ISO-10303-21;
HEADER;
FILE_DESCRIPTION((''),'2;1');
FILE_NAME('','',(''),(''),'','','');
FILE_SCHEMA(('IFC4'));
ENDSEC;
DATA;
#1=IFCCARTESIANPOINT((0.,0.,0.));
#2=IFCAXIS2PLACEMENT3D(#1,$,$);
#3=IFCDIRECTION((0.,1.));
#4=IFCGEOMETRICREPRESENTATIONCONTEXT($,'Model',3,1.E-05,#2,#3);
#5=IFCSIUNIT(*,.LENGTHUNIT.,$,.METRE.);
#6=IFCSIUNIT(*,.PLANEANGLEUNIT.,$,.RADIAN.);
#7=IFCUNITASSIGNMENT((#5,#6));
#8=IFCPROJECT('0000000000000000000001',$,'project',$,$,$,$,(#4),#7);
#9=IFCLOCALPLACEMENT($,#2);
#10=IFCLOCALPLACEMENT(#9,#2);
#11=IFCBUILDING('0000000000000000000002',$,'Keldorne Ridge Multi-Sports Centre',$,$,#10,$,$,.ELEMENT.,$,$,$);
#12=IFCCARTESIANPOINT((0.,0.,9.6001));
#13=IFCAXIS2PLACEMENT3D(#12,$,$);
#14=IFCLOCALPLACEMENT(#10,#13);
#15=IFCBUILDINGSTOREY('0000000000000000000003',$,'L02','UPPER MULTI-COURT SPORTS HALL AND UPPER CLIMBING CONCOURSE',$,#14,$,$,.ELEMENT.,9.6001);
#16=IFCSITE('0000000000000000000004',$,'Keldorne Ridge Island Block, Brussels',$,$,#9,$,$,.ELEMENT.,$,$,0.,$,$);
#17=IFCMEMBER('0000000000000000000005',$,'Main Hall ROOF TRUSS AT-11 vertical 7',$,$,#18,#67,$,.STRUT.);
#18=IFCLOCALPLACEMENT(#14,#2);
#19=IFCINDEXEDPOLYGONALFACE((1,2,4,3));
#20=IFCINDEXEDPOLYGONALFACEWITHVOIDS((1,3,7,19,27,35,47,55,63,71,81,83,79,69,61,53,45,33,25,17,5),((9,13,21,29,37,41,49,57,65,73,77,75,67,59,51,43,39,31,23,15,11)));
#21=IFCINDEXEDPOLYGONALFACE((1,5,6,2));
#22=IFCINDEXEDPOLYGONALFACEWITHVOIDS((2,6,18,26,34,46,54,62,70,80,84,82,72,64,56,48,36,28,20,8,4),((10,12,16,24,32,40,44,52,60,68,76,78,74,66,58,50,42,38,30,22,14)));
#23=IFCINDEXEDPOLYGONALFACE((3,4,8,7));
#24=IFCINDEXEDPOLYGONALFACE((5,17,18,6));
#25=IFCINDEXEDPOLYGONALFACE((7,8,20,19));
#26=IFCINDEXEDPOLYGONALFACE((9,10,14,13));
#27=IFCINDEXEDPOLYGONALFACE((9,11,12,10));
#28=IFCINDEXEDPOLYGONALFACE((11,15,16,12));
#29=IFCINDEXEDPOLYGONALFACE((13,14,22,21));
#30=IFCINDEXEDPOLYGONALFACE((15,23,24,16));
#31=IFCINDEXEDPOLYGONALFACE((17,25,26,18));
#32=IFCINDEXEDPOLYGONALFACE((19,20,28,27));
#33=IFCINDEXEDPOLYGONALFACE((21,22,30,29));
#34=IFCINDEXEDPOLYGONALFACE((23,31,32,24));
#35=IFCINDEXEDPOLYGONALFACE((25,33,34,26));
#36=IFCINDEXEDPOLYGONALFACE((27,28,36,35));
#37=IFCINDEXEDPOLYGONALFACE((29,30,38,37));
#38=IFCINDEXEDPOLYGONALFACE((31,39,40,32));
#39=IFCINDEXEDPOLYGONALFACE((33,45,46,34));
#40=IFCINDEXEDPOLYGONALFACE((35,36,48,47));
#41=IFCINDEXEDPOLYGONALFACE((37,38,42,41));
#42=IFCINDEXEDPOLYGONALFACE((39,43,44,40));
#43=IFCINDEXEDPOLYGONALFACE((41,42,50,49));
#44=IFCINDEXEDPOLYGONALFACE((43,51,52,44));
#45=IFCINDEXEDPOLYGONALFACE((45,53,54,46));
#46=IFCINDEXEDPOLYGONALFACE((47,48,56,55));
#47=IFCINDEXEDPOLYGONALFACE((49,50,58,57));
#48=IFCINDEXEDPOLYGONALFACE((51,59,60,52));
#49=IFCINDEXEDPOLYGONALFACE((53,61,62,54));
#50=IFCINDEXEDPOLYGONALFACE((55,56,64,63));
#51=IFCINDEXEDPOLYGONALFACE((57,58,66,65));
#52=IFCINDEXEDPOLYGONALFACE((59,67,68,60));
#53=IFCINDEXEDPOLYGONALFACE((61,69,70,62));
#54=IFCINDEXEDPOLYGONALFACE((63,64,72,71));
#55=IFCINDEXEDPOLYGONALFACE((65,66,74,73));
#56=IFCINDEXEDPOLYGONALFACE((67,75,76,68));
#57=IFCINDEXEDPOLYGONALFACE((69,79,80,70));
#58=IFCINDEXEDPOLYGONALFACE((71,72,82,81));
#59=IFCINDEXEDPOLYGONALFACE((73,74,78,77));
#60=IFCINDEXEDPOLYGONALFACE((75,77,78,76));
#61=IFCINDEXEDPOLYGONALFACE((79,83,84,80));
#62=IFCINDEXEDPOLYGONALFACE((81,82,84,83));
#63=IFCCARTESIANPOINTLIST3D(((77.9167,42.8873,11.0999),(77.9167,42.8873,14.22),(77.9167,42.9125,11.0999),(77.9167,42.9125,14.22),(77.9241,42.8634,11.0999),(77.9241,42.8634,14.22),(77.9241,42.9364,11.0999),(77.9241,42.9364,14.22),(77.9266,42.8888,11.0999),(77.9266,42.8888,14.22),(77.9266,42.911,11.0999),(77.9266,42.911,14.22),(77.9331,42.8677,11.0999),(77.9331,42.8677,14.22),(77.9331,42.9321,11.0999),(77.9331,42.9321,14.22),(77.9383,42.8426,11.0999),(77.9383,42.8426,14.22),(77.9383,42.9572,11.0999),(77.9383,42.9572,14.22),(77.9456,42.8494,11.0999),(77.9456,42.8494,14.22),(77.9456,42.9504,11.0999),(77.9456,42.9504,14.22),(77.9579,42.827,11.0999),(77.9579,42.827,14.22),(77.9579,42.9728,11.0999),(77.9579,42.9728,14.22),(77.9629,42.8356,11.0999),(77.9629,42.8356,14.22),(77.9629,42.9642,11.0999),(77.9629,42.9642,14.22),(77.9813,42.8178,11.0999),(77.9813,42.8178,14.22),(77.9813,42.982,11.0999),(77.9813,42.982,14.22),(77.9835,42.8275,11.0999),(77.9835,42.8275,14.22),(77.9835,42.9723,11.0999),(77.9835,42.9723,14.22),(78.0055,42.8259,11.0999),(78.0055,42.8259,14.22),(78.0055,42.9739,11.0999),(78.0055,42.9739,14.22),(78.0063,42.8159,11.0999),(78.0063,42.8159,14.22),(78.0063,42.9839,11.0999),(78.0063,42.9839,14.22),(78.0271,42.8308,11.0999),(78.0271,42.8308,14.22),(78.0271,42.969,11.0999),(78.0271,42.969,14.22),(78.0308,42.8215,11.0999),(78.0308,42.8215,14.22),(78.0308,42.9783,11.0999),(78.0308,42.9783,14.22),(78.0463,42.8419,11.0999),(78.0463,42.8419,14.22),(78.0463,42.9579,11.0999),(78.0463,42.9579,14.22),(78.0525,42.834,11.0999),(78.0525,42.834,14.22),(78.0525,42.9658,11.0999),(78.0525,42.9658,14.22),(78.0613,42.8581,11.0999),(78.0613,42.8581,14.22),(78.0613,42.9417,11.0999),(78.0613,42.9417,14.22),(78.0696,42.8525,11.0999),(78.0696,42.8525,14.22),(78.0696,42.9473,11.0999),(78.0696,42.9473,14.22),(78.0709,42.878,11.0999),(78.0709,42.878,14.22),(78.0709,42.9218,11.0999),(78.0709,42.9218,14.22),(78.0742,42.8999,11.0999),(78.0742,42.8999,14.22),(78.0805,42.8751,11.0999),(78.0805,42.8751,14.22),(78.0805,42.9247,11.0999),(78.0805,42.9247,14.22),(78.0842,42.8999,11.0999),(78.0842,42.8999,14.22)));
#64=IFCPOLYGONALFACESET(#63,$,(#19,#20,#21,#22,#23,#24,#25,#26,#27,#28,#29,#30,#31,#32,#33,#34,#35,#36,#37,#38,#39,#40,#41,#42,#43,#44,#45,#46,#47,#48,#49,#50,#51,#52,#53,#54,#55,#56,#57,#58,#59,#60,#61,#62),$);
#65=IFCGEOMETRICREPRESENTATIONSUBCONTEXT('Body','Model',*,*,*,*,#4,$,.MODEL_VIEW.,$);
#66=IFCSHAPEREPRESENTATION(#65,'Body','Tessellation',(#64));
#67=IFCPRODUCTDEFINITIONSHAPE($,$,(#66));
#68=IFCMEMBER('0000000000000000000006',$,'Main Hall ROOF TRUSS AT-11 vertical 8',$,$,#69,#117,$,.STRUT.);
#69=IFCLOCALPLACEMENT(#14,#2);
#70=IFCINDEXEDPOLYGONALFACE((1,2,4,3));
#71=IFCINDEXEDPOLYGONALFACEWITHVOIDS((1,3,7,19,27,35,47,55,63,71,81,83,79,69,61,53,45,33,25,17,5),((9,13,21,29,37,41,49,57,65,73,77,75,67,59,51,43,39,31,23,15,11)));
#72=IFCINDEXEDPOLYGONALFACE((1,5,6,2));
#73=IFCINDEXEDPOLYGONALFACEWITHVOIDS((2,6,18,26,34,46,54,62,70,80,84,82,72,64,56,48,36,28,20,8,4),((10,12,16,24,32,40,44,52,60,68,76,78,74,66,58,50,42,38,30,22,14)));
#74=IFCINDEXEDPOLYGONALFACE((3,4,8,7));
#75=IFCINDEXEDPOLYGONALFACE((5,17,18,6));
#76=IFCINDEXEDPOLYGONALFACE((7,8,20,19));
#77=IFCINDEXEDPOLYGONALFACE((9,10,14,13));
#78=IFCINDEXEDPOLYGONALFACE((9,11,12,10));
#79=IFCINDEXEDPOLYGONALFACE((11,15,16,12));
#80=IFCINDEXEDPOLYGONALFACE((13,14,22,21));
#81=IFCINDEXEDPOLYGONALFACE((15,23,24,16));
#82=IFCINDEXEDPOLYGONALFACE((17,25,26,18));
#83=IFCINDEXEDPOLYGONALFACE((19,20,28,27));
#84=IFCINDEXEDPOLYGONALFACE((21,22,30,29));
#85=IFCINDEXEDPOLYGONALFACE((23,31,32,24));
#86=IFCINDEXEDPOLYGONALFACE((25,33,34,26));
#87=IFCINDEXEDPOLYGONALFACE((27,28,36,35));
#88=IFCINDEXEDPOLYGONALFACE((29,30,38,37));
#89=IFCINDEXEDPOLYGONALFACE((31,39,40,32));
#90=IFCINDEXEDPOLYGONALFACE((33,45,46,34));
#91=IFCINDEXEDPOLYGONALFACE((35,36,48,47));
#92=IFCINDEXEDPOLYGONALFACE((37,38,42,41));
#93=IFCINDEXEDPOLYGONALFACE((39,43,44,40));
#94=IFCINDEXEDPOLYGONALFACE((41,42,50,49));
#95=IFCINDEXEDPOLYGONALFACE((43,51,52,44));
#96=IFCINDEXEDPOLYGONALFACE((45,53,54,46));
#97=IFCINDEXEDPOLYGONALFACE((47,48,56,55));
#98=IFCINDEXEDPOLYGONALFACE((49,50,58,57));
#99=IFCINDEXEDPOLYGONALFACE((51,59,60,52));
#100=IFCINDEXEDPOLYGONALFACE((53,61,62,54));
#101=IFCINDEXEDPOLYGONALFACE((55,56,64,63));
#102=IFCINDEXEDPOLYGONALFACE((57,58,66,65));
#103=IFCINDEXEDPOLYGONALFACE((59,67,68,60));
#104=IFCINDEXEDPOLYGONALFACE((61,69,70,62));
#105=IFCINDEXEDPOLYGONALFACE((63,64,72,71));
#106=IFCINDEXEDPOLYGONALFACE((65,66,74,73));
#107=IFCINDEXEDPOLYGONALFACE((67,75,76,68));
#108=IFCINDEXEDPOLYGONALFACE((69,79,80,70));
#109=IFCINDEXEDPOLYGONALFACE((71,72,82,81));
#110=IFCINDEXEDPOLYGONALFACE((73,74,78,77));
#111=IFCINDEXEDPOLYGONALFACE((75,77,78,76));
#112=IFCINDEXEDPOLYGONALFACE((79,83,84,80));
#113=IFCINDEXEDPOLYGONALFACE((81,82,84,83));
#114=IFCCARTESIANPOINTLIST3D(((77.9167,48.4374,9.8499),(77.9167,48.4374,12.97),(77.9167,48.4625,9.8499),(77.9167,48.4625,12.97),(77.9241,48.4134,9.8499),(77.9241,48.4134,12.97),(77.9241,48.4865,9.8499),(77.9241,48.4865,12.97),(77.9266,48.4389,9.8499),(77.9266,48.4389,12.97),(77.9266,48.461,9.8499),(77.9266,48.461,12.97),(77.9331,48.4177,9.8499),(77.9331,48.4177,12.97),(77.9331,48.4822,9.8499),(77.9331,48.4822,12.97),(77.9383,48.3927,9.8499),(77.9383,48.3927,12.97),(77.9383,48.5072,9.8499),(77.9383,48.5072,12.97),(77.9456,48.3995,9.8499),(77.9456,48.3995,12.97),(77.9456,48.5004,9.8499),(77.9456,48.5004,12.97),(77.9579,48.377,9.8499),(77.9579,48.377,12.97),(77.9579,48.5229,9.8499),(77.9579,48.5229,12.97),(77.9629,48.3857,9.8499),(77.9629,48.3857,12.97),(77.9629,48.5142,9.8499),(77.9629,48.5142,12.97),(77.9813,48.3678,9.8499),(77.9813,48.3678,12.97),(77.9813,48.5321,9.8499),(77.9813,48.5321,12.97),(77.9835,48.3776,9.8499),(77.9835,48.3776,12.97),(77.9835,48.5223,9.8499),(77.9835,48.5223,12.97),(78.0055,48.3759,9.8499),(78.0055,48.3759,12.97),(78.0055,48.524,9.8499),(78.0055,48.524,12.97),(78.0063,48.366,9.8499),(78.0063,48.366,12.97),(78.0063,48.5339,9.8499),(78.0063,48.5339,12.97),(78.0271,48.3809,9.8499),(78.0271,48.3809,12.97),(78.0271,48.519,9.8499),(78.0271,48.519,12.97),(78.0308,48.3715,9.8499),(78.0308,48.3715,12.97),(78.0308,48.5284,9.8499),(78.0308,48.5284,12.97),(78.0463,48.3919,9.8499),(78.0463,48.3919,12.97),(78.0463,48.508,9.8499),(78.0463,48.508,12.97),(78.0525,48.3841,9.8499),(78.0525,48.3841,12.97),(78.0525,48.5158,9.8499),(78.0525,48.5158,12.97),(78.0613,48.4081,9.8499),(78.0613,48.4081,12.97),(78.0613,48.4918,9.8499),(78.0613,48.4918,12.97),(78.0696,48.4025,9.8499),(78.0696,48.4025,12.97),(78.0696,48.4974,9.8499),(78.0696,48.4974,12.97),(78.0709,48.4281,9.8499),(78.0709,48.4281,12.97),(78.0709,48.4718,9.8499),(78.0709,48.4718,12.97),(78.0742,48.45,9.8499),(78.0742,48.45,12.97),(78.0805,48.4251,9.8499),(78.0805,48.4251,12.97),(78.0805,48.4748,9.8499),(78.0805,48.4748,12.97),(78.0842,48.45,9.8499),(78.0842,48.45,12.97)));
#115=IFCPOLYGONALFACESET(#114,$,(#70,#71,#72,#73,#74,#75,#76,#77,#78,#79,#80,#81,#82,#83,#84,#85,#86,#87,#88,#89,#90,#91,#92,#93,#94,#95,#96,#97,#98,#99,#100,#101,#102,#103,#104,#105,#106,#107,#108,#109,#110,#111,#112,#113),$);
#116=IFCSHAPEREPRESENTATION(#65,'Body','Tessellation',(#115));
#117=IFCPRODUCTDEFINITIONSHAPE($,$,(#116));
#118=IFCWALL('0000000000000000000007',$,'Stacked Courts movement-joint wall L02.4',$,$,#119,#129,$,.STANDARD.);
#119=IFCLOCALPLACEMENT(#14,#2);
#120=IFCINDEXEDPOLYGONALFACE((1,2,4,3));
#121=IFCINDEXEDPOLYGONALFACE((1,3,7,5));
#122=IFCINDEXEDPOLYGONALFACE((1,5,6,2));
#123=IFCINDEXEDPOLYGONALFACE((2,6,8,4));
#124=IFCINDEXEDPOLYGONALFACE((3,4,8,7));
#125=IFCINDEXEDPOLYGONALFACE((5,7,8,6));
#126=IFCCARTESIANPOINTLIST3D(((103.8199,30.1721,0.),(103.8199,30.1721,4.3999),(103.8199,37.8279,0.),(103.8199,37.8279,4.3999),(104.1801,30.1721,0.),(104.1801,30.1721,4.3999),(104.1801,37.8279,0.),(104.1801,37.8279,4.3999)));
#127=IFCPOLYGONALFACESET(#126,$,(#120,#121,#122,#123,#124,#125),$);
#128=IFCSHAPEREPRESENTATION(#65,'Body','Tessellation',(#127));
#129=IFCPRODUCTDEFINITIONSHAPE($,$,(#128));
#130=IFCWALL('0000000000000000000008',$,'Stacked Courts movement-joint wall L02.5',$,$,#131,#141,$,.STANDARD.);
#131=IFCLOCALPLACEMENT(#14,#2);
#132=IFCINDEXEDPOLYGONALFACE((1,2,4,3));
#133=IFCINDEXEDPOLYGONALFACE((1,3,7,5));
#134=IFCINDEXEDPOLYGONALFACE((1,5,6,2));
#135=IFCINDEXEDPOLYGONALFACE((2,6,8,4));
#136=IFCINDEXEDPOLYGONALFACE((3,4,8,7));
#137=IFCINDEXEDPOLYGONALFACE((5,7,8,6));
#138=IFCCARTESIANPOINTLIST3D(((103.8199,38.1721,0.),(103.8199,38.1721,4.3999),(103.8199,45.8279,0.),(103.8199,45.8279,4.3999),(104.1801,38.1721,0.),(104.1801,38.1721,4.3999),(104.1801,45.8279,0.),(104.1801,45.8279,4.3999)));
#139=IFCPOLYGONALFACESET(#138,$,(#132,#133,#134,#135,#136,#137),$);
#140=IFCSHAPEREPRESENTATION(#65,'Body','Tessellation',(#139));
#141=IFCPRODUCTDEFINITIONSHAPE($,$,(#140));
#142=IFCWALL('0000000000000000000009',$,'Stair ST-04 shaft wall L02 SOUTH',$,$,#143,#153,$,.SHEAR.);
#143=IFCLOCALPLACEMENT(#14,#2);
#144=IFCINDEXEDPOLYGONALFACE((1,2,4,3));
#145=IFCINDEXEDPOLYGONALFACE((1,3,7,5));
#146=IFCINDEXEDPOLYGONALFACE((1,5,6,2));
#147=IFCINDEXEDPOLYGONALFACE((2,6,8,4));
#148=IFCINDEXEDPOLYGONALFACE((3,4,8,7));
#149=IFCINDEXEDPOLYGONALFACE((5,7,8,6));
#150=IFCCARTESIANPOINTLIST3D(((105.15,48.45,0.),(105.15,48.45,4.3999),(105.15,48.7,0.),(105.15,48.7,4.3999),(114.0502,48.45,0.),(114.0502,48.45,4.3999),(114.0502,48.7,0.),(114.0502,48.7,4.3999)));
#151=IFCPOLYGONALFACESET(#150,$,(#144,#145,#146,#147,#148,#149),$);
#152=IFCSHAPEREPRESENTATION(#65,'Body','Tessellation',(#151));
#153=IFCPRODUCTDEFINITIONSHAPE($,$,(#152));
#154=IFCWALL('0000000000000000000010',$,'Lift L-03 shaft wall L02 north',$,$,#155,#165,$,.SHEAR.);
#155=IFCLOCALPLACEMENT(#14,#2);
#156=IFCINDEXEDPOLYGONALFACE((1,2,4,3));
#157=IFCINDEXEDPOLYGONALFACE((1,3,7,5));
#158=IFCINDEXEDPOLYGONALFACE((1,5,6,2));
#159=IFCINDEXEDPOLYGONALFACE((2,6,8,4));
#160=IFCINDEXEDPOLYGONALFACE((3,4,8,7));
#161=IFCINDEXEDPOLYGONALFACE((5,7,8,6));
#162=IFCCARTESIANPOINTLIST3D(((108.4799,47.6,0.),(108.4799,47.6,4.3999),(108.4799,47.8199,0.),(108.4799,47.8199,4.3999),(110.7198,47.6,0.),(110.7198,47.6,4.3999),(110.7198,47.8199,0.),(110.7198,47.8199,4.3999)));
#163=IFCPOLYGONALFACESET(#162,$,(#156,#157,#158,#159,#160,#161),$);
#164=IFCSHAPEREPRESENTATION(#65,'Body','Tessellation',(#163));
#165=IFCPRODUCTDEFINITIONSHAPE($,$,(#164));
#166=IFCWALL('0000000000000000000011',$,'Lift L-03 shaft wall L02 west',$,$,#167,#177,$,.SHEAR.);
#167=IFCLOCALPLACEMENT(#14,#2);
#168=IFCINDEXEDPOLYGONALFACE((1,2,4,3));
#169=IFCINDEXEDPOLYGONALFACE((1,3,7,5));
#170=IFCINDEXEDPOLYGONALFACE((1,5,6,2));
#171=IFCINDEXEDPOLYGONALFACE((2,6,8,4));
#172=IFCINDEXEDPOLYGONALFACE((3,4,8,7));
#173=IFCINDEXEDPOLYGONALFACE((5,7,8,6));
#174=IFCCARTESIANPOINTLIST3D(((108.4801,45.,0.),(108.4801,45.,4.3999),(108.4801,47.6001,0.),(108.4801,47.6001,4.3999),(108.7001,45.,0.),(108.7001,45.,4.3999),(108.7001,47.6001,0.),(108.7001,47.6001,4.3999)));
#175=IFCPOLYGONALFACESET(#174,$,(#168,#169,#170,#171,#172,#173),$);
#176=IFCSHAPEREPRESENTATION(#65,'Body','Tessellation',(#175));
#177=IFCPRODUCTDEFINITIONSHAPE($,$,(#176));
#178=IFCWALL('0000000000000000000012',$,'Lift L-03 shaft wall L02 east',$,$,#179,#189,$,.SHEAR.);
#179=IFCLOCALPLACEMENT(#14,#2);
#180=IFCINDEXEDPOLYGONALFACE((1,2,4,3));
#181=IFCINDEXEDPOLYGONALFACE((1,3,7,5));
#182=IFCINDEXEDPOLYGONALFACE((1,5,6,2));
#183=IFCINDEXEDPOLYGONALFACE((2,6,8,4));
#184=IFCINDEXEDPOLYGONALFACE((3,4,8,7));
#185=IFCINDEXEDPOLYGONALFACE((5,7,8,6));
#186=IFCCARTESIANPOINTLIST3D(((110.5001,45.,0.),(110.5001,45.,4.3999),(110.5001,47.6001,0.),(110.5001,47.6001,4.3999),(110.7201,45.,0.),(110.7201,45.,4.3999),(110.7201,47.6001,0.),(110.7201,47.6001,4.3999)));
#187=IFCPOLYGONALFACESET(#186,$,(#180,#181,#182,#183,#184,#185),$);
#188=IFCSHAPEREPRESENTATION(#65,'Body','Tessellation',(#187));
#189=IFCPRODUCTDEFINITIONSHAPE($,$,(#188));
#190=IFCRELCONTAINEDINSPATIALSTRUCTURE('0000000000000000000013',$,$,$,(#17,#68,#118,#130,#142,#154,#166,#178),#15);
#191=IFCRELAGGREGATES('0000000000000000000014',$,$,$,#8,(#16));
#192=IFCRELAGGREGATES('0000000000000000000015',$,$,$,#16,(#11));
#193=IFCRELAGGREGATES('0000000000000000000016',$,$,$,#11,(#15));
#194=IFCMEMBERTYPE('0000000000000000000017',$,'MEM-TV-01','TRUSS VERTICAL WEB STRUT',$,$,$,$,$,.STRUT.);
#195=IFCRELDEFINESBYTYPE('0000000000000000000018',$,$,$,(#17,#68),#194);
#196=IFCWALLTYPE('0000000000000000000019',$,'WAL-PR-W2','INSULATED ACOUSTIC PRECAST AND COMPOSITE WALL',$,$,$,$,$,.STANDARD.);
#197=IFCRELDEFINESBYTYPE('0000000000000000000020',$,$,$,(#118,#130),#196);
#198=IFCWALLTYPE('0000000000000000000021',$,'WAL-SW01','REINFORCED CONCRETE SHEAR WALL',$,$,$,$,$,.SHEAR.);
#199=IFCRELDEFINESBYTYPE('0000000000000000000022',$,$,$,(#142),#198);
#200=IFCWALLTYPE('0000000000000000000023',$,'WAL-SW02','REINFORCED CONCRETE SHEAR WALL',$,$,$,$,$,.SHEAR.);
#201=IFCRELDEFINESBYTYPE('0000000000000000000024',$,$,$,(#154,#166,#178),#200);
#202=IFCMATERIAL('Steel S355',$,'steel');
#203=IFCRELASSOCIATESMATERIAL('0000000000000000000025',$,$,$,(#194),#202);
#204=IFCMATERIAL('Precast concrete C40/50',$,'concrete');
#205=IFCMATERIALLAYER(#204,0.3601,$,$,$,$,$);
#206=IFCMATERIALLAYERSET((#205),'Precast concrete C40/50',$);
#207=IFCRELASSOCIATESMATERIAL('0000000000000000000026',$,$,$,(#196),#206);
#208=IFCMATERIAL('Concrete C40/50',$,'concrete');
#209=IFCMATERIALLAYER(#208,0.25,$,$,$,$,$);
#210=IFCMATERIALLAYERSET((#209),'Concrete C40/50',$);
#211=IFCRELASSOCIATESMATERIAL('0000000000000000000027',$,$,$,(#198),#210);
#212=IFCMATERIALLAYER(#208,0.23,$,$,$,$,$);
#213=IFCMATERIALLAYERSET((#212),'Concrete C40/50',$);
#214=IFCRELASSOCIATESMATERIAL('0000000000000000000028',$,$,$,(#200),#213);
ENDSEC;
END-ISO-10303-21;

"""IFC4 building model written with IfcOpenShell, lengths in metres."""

from ifc_helpers import new_model, si_unit, direction, frame, frame_2d, origin, origin_2d, place, context, subcontext, project, spatial, rectangle, hollow_circle, extrude, material, layer, layer_set, material_profile, profile_set, type_object, element, save


model = new_model("IFC4")

# Units and contexts
model_context = context("Model", 3, precision=1e-05, world=origin(), true_north=direction((0.0, 1.0)))
body_context = subcontext(model_context, "Body", "Model", "MODEL_VIEW")
ifc_project = project(units=[si_unit("LENGTHUNIT", "METRE"), si_unit("PLANEANGLEUNIT", "RADIAN")], contexts=[model_context])

# Site, building, storey
site_placement = place(None, origin())
site = spatial("IfcSite", under=ifc_project, at=site_placement, Name="Keldorne Ridge Island Block, Brussels", CompositionType="ELEMENT", RefElevation=0.0)
building_placement = place(site_placement, origin())
building = spatial("IfcBuilding", under=site, at=building_placement, Name="Keldorne Ridge Multi-Sports Centre", CompositionType="ELEMENT")
storey_placement = place(building_placement, frame((0.0, 0.0, 9.6001)))
storey = spatial("IfcBuildingStorey", under=building, at=storey_placement, Name="L02", Description="UPPER MULTI-COURT SPORTS HALL AND UPPER CLIMBING CONCOURSE", CompositionType="ELEMENT", Elevation=9.6001)

# Shared definitions
ifc_material_1 = material(Name="Steel S355", Category="steel")

# Members
ifc_material_profile_1 = material_profile(ifc_material_1, hollow_circle(Radius=0.0842, WallThickness=0.01, at=origin_2d()), Name="CHS 168.3x10")
ifc_profile_set_1 = profile_set([ifc_material_profile_1], Name="Steel S355")
member_type_1 = type_object("IfcMemberType", Name="MEM-TV-01", Description="TRUSS VERTICAL WEB STRUT", PredefinedType="STRUT", material=ifc_profile_set_1)
for number, where, z_axis, x_axis, name in (
    (1, (78.0, 42.8999, 11.0999), (0.0, 0.0, 1.0), (1.0, 0.0, 0.0), "Main Hall ROOF TRUSS AT-11 vertical 7"),
    (2, (78.0, 48.45, 9.8499), (0.0, 0.0, 1.0), (1.0, 0.0, 0.0), "Main Hall ROOF TRUSS AT-11 vertical 8"),
):
    element("IfcMember", number, at=place(storey_placement, frame(where, z_axis=z_axis, x_axis=x_axis)), inside=storey, type_object=member_type_1, Name=name, PredefinedType="STRUT", context=body_context, shape_type="SweptSolid", body=[
        extrude(hollow_circle(Radius=0.0842, WallThickness=0.01, at=origin_2d()), origin(), (0.0, 0.0, 1.0), 3.1201),
    ])

# Walls
ifc_material_2 = material(Name="Precast concrete C40/50", Category="concrete")
ifc_layer_1 = layer(ifc_material_2, 0.3601)
ifc_layer_set_1 = layer_set([ifc_layer_1], Name="Precast concrete C40/50")
wall_type_1 = type_object("IfcWallType", Name="WAL-PR-W2", Description="INSULATED ACOUSTIC PRECAST AND COMPOSITE WALL", PredefinedType="STANDARD", material=ifc_layer_set_1)
for number, where, z_axis, x_axis, name in (
    (3, (104.0, 37.8279, 0.0), (0.0, 0.0, 1.0), (0.0, -1.0, 0.0), "Stacked Courts movement-joint wall L02.4"),
    (4, (104.0, 45.8279, 0.0), (0.0, 0.0, 1.0), (0.0, -1.0, 0.0), "Stacked Courts movement-joint wall L02.5"),
):
    element("IfcWall", number, at=place(storey_placement, frame(where, z_axis=z_axis, x_axis=x_axis)), inside=storey, type_object=wall_type_1, Name=name, PredefinedType="STANDARD", context=body_context, shape_type="SweptSolid", body=[
        extrude(rectangle(XDim=7.6558, YDim=0.3601, at=frame_2d((3.8279, 0.0))), origin(), (0.0, 0.0, 1.0), 4.3999),
    ])
ifc_material_3 = material(Name="Concrete C40/50", Category="concrete")
ifc_layer_2 = layer(ifc_material_3, 0.25)
ifc_layer_set_2 = layer_set([ifc_layer_2], Name="Concrete C40/50")
wall_type_2 = type_object("IfcWallType", Name="WAL-SW01", Description="REINFORCED CONCRETE SHEAR WALL", PredefinedType="SHEAR", material=ifc_layer_set_2)
wall_1_placement = place(storey_placement, frame((105.1499, 48.575, 0.0), z_axis=(0.0, 0.0, 1.0), x_axis=(1.0, 0.0, 0.0)))
element("IfcWall", 5, at=wall_1_placement, inside=storey, type_object=wall_type_2, Name="Stair ST-04 shaft wall L02 SOUTH", PredefinedType="SHEAR", context=body_context, shape_type="SweptSolid", body=[
    extrude(rectangle(XDim=8.9001, YDim=0.25, at=frame_2d((4.4502, 0.0))), origin(), (0.0, 0.0, 1.0), 4.3999),
])

# Shared definitions
ifc_layer_3 = layer(ifc_material_3, 0.23)
ifc_layer_set_3 = layer_set([ifc_layer_3], Name="Concrete C40/50")
wall_type_3 = type_object("IfcWallType", Name="WAL-SW02", Description="REINFORCED CONCRETE SHEAR WALL", PredefinedType="SHEAR", material=ifc_layer_set_3)

# Walls
wall_2_placement = place(storey_placement, frame((110.72, 47.71, 0.0), z_axis=(0.0, 0.0, 1.0), x_axis=(-1.0, 0.0, 0.0)))
element("IfcWall", 6, at=wall_2_placement, inside=storey, type_object=wall_type_3, Name="Lift L-03 shaft wall L02 north", PredefinedType="SHEAR", context=body_context, shape_type="SweptSolid", body=[
    extrude(rectangle(XDim=2.24, YDim=0.22, at=frame_2d((1.1201, 0.0))), origin(), (0.0, 0.0, 1.0), 4.3999),
])
for number, where, z_axis, x_axis, name in (
    (7, (108.5901, 47.6001, 0.0), (0.0, 0.0, 1.0), (0.0, -1.0, 0.0), "Lift L-03 shaft wall L02 west"),
    (8, (110.6101, 45.0, 0.0), (0.0, 0.0, 1.0), (0.0, 1.0, 0.0), "Lift L-03 shaft wall L02 east"),
):
    element("IfcWall", number, at=place(storey_placement, frame(where, z_axis=z_axis, x_axis=x_axis)), inside=storey, type_object=wall_type_3, Name=name, PredefinedType="SHEAR", context=body_context, shape_type="SweptSolid", body=[
        extrude(rectangle(XDim=2.6001, YDim=0.22, at=frame_2d((1.3, 0.0))), origin(), (0.0, 0.0, 1.0), 4.3999),
    ])

save(model, "model.ifc")
